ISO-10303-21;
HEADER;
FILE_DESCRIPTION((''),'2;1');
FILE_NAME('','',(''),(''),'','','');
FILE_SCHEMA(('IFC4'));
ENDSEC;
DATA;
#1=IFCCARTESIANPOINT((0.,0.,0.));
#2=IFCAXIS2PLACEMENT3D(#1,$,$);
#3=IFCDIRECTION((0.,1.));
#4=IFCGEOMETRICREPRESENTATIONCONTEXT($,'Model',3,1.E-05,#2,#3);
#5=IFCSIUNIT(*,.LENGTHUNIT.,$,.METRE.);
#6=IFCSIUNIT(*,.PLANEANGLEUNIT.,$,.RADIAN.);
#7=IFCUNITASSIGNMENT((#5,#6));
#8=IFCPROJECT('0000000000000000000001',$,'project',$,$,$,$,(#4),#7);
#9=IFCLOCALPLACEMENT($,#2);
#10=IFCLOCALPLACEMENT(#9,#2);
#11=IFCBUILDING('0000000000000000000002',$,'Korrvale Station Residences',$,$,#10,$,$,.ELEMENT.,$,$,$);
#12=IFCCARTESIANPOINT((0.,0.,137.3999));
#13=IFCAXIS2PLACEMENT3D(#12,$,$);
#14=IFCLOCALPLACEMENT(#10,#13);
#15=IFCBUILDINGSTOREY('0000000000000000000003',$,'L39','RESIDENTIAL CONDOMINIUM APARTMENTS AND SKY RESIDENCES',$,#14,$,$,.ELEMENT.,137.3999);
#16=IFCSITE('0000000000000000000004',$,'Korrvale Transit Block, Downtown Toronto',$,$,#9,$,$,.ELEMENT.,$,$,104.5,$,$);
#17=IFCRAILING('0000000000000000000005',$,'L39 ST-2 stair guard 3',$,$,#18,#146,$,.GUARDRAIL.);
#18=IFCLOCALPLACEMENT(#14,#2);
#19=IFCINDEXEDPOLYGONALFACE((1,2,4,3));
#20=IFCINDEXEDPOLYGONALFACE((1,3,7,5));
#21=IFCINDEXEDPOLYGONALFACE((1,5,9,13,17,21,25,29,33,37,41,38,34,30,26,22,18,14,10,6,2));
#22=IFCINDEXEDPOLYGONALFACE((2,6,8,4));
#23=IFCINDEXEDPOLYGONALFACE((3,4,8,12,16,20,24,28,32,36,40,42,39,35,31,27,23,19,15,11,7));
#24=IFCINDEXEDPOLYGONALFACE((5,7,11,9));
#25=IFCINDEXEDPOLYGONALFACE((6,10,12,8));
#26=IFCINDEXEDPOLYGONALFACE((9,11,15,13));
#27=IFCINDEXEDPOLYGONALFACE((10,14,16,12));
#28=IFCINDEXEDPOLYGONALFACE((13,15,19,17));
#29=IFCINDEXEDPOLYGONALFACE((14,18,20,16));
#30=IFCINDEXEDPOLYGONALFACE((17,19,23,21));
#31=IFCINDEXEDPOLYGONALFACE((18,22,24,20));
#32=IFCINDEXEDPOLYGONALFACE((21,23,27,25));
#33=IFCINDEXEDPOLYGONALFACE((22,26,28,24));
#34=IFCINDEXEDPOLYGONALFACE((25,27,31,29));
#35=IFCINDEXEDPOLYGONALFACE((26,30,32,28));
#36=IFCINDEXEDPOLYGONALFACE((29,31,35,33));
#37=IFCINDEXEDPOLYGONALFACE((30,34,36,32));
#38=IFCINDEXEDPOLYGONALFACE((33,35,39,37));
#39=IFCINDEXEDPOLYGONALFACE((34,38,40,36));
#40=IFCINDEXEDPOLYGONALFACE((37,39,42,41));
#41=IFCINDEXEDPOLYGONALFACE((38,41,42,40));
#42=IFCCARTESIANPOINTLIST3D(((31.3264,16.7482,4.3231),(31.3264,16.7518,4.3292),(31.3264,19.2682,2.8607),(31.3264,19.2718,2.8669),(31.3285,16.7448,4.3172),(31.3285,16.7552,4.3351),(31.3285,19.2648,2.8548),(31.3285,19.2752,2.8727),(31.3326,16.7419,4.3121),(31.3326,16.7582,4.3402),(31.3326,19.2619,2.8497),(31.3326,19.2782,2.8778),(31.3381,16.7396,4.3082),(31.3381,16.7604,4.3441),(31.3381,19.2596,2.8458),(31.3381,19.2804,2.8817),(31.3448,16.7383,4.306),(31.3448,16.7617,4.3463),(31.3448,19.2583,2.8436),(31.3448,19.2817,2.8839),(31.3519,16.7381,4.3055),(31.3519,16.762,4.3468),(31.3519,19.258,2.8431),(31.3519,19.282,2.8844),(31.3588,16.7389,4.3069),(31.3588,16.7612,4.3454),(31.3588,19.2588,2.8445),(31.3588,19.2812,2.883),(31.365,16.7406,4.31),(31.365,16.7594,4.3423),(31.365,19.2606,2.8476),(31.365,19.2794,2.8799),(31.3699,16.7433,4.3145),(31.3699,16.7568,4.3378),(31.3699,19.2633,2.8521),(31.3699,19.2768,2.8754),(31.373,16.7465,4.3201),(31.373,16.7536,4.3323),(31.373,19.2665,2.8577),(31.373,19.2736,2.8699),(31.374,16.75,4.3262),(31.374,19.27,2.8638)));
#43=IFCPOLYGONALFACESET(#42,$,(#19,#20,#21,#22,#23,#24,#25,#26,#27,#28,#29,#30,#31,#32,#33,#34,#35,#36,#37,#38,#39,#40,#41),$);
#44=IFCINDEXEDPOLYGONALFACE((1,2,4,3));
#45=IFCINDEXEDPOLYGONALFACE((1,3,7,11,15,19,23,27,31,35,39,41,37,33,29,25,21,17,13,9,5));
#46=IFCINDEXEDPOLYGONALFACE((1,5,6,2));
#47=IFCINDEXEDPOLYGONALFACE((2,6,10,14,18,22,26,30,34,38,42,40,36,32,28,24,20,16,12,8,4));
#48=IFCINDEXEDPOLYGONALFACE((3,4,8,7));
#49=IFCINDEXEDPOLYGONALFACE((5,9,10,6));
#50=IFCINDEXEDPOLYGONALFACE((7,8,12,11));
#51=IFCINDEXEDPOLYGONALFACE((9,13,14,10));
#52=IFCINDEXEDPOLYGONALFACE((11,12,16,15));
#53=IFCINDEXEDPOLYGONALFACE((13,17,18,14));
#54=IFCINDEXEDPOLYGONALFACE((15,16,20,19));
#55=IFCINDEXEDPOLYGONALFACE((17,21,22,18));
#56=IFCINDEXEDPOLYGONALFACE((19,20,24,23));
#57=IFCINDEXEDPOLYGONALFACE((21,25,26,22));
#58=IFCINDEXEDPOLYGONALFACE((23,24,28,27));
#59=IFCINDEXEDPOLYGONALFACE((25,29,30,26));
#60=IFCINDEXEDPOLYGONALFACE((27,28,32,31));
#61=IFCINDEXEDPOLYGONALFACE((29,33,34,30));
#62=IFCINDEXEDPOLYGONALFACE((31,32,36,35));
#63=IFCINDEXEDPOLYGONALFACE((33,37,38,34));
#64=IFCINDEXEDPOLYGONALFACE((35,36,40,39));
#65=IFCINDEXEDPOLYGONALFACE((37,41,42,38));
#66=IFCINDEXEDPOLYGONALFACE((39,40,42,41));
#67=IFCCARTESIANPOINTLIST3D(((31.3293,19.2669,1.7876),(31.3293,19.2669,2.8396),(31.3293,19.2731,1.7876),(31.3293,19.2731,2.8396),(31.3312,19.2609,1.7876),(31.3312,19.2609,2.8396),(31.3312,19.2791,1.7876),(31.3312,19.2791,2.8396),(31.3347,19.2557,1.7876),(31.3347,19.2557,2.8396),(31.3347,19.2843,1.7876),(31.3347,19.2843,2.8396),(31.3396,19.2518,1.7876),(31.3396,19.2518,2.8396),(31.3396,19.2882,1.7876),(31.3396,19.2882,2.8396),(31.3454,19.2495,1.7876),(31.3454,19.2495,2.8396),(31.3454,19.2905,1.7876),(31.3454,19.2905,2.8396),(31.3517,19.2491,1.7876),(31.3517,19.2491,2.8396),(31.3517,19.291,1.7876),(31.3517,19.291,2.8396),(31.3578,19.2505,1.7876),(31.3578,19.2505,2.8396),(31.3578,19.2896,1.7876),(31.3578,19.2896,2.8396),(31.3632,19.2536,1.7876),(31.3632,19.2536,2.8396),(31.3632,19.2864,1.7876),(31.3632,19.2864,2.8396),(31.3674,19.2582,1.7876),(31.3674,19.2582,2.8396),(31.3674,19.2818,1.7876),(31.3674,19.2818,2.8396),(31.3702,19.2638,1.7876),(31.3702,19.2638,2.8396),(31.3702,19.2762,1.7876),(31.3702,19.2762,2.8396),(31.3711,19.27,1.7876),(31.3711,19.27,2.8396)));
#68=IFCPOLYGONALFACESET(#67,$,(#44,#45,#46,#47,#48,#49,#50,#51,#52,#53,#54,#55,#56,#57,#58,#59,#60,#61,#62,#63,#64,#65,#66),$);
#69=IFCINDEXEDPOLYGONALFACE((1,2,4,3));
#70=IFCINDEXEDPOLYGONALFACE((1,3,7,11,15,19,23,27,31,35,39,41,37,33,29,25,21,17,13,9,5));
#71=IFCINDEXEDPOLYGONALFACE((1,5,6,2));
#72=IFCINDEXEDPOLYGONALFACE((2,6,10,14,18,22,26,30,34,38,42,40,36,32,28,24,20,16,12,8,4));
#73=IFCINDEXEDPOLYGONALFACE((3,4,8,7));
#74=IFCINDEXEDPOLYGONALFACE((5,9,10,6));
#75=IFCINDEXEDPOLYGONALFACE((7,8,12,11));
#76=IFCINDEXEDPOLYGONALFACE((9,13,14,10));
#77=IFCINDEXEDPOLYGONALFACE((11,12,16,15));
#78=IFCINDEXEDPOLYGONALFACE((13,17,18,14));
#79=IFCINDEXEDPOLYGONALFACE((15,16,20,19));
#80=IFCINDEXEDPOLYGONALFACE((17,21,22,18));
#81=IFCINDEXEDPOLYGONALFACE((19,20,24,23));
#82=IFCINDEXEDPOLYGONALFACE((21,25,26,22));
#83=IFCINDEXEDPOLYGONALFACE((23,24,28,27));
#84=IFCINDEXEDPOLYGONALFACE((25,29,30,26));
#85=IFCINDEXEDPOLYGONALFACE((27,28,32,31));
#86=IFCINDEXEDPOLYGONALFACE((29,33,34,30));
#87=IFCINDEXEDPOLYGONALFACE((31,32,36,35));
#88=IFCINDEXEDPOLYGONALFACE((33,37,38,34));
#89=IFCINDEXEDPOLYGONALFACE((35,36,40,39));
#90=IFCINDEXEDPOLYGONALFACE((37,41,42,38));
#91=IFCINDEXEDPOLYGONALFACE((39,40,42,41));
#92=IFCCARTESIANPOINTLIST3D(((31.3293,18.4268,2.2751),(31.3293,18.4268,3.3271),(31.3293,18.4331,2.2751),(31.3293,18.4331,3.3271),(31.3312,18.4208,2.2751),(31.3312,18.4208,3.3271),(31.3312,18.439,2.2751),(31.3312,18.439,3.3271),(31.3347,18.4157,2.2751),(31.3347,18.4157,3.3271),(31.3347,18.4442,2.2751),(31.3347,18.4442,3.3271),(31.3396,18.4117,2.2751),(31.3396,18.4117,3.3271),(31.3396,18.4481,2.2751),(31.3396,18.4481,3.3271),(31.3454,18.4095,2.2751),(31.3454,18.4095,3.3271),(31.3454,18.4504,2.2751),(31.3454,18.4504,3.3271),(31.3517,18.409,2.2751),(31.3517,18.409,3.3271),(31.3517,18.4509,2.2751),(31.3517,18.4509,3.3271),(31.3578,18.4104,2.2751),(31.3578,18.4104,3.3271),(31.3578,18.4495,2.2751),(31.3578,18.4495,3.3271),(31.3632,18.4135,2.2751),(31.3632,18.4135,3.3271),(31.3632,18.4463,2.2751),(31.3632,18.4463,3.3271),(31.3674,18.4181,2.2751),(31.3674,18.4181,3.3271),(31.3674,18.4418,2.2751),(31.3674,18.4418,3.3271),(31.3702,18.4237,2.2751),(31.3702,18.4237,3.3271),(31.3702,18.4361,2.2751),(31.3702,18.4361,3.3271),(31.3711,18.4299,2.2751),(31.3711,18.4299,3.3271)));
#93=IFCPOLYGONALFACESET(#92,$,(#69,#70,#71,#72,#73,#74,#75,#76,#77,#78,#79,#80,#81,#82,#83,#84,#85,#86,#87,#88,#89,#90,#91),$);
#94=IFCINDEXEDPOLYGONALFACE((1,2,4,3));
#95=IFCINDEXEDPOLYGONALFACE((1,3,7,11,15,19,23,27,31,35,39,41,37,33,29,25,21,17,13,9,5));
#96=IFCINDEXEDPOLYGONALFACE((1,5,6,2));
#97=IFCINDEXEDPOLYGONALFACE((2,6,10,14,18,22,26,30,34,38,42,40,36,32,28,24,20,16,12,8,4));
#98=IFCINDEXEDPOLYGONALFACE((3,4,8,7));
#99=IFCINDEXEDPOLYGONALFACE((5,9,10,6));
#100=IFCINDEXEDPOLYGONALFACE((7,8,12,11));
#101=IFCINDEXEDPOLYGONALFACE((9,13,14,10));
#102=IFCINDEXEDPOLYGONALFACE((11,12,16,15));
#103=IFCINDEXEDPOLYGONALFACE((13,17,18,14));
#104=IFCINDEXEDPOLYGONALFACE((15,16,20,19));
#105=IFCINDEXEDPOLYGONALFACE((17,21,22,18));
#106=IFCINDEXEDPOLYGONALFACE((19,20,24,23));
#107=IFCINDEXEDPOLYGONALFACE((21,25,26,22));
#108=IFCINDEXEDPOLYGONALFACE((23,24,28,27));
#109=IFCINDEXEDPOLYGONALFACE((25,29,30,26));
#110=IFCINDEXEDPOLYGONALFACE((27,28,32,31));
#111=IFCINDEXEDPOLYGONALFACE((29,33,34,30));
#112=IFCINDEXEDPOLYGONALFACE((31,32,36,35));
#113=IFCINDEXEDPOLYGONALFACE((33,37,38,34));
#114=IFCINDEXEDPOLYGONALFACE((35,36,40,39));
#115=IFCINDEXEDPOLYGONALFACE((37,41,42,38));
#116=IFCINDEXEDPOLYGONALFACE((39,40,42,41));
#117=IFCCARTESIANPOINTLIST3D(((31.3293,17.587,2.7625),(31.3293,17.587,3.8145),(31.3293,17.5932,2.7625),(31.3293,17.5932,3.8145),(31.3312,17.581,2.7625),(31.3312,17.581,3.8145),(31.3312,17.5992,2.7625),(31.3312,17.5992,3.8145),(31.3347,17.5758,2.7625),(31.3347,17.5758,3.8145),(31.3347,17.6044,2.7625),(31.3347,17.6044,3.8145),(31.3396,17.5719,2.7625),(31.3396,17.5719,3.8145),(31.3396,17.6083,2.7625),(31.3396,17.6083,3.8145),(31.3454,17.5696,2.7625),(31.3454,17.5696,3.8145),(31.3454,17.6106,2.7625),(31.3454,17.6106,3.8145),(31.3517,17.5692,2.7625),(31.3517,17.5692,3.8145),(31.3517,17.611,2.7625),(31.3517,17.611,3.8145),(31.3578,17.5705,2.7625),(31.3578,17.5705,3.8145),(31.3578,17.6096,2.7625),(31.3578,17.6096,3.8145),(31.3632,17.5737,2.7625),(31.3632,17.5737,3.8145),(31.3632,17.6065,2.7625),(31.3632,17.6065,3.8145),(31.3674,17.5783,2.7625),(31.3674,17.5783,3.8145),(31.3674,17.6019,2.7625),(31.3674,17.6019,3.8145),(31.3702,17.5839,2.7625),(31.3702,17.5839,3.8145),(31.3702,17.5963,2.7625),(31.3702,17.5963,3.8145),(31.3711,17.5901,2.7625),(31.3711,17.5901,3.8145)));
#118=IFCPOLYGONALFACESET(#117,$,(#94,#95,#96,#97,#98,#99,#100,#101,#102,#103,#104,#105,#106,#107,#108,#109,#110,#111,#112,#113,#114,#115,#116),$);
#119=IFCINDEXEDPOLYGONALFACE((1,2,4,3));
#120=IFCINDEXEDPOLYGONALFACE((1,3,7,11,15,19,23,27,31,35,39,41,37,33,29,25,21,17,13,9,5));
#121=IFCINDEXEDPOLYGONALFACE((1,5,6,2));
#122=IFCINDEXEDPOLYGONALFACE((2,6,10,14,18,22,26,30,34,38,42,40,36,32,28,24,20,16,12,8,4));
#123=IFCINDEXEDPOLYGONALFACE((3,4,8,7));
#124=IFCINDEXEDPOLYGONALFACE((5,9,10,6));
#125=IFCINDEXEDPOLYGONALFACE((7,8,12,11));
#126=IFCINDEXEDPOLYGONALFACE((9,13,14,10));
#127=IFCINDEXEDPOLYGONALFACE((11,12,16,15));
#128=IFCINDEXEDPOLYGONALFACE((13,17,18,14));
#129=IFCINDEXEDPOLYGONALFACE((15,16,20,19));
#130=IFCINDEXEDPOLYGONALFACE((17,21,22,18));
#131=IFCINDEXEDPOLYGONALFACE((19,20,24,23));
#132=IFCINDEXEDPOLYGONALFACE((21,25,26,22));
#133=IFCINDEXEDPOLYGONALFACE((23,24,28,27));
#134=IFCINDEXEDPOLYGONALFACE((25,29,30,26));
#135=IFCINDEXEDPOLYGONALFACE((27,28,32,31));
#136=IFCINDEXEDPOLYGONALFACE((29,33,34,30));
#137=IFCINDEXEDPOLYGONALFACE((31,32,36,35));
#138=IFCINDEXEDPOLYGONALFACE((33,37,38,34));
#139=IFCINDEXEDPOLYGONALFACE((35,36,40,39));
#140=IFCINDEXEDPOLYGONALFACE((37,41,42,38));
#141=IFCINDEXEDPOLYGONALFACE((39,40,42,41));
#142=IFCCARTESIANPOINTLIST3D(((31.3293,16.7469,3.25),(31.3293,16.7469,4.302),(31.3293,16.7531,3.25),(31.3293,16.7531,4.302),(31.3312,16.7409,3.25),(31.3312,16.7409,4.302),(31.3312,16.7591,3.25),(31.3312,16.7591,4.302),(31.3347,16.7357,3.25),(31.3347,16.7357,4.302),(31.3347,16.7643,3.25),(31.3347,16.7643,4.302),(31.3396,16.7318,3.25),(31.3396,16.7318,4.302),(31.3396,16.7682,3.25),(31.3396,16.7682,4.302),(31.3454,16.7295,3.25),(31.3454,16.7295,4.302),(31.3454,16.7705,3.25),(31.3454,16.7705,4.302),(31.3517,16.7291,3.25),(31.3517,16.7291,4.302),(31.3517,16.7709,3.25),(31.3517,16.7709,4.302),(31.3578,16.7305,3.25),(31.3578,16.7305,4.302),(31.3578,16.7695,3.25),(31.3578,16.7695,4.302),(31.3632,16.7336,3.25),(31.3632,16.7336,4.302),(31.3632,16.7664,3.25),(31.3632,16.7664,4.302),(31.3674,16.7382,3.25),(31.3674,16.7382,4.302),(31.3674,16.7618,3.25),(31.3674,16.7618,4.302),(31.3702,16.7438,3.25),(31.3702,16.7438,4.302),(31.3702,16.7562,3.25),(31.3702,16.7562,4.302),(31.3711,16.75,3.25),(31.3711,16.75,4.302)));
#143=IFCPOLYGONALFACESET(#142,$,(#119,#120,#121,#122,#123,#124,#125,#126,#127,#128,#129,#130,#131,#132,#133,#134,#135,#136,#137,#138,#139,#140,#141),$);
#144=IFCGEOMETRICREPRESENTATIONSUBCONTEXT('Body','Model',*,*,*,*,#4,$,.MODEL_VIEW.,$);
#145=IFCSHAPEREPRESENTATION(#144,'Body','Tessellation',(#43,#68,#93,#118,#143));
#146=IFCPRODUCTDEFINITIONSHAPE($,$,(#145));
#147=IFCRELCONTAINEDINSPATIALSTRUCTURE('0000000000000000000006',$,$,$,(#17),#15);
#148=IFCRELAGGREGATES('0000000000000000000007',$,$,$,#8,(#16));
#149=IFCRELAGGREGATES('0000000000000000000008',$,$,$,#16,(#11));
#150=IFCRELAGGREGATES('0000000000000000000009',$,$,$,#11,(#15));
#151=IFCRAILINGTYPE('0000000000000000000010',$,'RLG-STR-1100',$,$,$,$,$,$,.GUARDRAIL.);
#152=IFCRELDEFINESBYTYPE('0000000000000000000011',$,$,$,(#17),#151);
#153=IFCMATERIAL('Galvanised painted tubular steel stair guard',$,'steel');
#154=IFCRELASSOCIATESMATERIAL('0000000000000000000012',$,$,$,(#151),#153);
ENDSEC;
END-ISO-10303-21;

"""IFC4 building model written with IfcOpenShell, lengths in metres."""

from ifc_helpers import new_model, si_unit, direction, frame, origin, origin_2d, place, context, subcontext, project, spatial, circle, extrude, material, type_object, element, save


model = new_model("IFC4")

# Units and contexts
model_context = context("Model", 3, precision=1e-05, world=origin(), true_north=direction((0.0, 1.0)))
body_context = subcontext(model_context, "Body", "Model", "MODEL_VIEW")
ifc_project = project(units=[si_unit("LENGTHUNIT", "METRE"), si_unit("PLANEANGLEUNIT", "RADIAN")], contexts=[model_context])

# Site, building, storey
site_placement = place(None, origin())
site = spatial("IfcSite", under=ifc_project, at=site_placement, Name="Korrvale Transit Block, Downtown Toronto", CompositionType="ELEMENT", RefElevation=104.5)
building_placement = place(site_placement, origin())
building = spatial("IfcBuilding", under=site, at=building_placement, Name="Korrvale Station Residences", CompositionType="ELEMENT")
storey_placement = place(building_placement, frame((0.0, 0.0, 137.3999)))
storey = spatial("IfcBuildingStorey", under=building, at=storey_placement, Name="L39", Description="RESIDENTIAL CONDOMINIUM APARTMENTS AND SKY RESIDENCES", CompositionType="ELEMENT", Elevation=137.3999)

# Railing
ifc_material_1 = material(Name="Galvanised painted tubular steel stair guard", Category="steel")
railing_type_1 = type_object("IfcRailingType", Name="RLG-STR-1100", PredefinedType="GUARDRAIL", material=ifc_material_1)
railing_1_placement = place(storey_placement, frame((31.3501, 19.27, 1.7876)))
element("IfcRailing", 1, at=railing_1_placement, inside=storey, type_object=railing_type_1, Name="L39 ST-2 stair guard 3", PredefinedType="GUARDRAIL", context=body_context, shape_type="SweptSolid", body=[
    extrude(circle(Radius=0.0239, at=origin_2d()), frame((0.0, 0.0, 1.0762), z_axis=(0.0, -0.864913, 0.501921), x_axis=(1.0, 0.0, 0.0)), (0.0, 0.0, 1.0), 2.9136),
    extrude(circle(Radius=0.021, at=origin_2d()), origin(), (0.0, 0.0, 1.0), 1.052),
    extrude(circle(Radius=0.021, at=origin_2d()), frame((0.0, -0.8401, 0.4875)), (0.0, 0.0, 1.0), 1.052),
    extrude(circle(Radius=0.021, at=origin_2d()), frame((0.0, -1.6799, 0.9749)), (0.0, 0.0, 1.0), 1.052),
    extrude(circle(Radius=0.021, at=origin_2d()), frame((0.0, -2.52, 1.4624)), (0.0, 0.0, 1.0), 1.052),
])

save(model, "model.ifc")
